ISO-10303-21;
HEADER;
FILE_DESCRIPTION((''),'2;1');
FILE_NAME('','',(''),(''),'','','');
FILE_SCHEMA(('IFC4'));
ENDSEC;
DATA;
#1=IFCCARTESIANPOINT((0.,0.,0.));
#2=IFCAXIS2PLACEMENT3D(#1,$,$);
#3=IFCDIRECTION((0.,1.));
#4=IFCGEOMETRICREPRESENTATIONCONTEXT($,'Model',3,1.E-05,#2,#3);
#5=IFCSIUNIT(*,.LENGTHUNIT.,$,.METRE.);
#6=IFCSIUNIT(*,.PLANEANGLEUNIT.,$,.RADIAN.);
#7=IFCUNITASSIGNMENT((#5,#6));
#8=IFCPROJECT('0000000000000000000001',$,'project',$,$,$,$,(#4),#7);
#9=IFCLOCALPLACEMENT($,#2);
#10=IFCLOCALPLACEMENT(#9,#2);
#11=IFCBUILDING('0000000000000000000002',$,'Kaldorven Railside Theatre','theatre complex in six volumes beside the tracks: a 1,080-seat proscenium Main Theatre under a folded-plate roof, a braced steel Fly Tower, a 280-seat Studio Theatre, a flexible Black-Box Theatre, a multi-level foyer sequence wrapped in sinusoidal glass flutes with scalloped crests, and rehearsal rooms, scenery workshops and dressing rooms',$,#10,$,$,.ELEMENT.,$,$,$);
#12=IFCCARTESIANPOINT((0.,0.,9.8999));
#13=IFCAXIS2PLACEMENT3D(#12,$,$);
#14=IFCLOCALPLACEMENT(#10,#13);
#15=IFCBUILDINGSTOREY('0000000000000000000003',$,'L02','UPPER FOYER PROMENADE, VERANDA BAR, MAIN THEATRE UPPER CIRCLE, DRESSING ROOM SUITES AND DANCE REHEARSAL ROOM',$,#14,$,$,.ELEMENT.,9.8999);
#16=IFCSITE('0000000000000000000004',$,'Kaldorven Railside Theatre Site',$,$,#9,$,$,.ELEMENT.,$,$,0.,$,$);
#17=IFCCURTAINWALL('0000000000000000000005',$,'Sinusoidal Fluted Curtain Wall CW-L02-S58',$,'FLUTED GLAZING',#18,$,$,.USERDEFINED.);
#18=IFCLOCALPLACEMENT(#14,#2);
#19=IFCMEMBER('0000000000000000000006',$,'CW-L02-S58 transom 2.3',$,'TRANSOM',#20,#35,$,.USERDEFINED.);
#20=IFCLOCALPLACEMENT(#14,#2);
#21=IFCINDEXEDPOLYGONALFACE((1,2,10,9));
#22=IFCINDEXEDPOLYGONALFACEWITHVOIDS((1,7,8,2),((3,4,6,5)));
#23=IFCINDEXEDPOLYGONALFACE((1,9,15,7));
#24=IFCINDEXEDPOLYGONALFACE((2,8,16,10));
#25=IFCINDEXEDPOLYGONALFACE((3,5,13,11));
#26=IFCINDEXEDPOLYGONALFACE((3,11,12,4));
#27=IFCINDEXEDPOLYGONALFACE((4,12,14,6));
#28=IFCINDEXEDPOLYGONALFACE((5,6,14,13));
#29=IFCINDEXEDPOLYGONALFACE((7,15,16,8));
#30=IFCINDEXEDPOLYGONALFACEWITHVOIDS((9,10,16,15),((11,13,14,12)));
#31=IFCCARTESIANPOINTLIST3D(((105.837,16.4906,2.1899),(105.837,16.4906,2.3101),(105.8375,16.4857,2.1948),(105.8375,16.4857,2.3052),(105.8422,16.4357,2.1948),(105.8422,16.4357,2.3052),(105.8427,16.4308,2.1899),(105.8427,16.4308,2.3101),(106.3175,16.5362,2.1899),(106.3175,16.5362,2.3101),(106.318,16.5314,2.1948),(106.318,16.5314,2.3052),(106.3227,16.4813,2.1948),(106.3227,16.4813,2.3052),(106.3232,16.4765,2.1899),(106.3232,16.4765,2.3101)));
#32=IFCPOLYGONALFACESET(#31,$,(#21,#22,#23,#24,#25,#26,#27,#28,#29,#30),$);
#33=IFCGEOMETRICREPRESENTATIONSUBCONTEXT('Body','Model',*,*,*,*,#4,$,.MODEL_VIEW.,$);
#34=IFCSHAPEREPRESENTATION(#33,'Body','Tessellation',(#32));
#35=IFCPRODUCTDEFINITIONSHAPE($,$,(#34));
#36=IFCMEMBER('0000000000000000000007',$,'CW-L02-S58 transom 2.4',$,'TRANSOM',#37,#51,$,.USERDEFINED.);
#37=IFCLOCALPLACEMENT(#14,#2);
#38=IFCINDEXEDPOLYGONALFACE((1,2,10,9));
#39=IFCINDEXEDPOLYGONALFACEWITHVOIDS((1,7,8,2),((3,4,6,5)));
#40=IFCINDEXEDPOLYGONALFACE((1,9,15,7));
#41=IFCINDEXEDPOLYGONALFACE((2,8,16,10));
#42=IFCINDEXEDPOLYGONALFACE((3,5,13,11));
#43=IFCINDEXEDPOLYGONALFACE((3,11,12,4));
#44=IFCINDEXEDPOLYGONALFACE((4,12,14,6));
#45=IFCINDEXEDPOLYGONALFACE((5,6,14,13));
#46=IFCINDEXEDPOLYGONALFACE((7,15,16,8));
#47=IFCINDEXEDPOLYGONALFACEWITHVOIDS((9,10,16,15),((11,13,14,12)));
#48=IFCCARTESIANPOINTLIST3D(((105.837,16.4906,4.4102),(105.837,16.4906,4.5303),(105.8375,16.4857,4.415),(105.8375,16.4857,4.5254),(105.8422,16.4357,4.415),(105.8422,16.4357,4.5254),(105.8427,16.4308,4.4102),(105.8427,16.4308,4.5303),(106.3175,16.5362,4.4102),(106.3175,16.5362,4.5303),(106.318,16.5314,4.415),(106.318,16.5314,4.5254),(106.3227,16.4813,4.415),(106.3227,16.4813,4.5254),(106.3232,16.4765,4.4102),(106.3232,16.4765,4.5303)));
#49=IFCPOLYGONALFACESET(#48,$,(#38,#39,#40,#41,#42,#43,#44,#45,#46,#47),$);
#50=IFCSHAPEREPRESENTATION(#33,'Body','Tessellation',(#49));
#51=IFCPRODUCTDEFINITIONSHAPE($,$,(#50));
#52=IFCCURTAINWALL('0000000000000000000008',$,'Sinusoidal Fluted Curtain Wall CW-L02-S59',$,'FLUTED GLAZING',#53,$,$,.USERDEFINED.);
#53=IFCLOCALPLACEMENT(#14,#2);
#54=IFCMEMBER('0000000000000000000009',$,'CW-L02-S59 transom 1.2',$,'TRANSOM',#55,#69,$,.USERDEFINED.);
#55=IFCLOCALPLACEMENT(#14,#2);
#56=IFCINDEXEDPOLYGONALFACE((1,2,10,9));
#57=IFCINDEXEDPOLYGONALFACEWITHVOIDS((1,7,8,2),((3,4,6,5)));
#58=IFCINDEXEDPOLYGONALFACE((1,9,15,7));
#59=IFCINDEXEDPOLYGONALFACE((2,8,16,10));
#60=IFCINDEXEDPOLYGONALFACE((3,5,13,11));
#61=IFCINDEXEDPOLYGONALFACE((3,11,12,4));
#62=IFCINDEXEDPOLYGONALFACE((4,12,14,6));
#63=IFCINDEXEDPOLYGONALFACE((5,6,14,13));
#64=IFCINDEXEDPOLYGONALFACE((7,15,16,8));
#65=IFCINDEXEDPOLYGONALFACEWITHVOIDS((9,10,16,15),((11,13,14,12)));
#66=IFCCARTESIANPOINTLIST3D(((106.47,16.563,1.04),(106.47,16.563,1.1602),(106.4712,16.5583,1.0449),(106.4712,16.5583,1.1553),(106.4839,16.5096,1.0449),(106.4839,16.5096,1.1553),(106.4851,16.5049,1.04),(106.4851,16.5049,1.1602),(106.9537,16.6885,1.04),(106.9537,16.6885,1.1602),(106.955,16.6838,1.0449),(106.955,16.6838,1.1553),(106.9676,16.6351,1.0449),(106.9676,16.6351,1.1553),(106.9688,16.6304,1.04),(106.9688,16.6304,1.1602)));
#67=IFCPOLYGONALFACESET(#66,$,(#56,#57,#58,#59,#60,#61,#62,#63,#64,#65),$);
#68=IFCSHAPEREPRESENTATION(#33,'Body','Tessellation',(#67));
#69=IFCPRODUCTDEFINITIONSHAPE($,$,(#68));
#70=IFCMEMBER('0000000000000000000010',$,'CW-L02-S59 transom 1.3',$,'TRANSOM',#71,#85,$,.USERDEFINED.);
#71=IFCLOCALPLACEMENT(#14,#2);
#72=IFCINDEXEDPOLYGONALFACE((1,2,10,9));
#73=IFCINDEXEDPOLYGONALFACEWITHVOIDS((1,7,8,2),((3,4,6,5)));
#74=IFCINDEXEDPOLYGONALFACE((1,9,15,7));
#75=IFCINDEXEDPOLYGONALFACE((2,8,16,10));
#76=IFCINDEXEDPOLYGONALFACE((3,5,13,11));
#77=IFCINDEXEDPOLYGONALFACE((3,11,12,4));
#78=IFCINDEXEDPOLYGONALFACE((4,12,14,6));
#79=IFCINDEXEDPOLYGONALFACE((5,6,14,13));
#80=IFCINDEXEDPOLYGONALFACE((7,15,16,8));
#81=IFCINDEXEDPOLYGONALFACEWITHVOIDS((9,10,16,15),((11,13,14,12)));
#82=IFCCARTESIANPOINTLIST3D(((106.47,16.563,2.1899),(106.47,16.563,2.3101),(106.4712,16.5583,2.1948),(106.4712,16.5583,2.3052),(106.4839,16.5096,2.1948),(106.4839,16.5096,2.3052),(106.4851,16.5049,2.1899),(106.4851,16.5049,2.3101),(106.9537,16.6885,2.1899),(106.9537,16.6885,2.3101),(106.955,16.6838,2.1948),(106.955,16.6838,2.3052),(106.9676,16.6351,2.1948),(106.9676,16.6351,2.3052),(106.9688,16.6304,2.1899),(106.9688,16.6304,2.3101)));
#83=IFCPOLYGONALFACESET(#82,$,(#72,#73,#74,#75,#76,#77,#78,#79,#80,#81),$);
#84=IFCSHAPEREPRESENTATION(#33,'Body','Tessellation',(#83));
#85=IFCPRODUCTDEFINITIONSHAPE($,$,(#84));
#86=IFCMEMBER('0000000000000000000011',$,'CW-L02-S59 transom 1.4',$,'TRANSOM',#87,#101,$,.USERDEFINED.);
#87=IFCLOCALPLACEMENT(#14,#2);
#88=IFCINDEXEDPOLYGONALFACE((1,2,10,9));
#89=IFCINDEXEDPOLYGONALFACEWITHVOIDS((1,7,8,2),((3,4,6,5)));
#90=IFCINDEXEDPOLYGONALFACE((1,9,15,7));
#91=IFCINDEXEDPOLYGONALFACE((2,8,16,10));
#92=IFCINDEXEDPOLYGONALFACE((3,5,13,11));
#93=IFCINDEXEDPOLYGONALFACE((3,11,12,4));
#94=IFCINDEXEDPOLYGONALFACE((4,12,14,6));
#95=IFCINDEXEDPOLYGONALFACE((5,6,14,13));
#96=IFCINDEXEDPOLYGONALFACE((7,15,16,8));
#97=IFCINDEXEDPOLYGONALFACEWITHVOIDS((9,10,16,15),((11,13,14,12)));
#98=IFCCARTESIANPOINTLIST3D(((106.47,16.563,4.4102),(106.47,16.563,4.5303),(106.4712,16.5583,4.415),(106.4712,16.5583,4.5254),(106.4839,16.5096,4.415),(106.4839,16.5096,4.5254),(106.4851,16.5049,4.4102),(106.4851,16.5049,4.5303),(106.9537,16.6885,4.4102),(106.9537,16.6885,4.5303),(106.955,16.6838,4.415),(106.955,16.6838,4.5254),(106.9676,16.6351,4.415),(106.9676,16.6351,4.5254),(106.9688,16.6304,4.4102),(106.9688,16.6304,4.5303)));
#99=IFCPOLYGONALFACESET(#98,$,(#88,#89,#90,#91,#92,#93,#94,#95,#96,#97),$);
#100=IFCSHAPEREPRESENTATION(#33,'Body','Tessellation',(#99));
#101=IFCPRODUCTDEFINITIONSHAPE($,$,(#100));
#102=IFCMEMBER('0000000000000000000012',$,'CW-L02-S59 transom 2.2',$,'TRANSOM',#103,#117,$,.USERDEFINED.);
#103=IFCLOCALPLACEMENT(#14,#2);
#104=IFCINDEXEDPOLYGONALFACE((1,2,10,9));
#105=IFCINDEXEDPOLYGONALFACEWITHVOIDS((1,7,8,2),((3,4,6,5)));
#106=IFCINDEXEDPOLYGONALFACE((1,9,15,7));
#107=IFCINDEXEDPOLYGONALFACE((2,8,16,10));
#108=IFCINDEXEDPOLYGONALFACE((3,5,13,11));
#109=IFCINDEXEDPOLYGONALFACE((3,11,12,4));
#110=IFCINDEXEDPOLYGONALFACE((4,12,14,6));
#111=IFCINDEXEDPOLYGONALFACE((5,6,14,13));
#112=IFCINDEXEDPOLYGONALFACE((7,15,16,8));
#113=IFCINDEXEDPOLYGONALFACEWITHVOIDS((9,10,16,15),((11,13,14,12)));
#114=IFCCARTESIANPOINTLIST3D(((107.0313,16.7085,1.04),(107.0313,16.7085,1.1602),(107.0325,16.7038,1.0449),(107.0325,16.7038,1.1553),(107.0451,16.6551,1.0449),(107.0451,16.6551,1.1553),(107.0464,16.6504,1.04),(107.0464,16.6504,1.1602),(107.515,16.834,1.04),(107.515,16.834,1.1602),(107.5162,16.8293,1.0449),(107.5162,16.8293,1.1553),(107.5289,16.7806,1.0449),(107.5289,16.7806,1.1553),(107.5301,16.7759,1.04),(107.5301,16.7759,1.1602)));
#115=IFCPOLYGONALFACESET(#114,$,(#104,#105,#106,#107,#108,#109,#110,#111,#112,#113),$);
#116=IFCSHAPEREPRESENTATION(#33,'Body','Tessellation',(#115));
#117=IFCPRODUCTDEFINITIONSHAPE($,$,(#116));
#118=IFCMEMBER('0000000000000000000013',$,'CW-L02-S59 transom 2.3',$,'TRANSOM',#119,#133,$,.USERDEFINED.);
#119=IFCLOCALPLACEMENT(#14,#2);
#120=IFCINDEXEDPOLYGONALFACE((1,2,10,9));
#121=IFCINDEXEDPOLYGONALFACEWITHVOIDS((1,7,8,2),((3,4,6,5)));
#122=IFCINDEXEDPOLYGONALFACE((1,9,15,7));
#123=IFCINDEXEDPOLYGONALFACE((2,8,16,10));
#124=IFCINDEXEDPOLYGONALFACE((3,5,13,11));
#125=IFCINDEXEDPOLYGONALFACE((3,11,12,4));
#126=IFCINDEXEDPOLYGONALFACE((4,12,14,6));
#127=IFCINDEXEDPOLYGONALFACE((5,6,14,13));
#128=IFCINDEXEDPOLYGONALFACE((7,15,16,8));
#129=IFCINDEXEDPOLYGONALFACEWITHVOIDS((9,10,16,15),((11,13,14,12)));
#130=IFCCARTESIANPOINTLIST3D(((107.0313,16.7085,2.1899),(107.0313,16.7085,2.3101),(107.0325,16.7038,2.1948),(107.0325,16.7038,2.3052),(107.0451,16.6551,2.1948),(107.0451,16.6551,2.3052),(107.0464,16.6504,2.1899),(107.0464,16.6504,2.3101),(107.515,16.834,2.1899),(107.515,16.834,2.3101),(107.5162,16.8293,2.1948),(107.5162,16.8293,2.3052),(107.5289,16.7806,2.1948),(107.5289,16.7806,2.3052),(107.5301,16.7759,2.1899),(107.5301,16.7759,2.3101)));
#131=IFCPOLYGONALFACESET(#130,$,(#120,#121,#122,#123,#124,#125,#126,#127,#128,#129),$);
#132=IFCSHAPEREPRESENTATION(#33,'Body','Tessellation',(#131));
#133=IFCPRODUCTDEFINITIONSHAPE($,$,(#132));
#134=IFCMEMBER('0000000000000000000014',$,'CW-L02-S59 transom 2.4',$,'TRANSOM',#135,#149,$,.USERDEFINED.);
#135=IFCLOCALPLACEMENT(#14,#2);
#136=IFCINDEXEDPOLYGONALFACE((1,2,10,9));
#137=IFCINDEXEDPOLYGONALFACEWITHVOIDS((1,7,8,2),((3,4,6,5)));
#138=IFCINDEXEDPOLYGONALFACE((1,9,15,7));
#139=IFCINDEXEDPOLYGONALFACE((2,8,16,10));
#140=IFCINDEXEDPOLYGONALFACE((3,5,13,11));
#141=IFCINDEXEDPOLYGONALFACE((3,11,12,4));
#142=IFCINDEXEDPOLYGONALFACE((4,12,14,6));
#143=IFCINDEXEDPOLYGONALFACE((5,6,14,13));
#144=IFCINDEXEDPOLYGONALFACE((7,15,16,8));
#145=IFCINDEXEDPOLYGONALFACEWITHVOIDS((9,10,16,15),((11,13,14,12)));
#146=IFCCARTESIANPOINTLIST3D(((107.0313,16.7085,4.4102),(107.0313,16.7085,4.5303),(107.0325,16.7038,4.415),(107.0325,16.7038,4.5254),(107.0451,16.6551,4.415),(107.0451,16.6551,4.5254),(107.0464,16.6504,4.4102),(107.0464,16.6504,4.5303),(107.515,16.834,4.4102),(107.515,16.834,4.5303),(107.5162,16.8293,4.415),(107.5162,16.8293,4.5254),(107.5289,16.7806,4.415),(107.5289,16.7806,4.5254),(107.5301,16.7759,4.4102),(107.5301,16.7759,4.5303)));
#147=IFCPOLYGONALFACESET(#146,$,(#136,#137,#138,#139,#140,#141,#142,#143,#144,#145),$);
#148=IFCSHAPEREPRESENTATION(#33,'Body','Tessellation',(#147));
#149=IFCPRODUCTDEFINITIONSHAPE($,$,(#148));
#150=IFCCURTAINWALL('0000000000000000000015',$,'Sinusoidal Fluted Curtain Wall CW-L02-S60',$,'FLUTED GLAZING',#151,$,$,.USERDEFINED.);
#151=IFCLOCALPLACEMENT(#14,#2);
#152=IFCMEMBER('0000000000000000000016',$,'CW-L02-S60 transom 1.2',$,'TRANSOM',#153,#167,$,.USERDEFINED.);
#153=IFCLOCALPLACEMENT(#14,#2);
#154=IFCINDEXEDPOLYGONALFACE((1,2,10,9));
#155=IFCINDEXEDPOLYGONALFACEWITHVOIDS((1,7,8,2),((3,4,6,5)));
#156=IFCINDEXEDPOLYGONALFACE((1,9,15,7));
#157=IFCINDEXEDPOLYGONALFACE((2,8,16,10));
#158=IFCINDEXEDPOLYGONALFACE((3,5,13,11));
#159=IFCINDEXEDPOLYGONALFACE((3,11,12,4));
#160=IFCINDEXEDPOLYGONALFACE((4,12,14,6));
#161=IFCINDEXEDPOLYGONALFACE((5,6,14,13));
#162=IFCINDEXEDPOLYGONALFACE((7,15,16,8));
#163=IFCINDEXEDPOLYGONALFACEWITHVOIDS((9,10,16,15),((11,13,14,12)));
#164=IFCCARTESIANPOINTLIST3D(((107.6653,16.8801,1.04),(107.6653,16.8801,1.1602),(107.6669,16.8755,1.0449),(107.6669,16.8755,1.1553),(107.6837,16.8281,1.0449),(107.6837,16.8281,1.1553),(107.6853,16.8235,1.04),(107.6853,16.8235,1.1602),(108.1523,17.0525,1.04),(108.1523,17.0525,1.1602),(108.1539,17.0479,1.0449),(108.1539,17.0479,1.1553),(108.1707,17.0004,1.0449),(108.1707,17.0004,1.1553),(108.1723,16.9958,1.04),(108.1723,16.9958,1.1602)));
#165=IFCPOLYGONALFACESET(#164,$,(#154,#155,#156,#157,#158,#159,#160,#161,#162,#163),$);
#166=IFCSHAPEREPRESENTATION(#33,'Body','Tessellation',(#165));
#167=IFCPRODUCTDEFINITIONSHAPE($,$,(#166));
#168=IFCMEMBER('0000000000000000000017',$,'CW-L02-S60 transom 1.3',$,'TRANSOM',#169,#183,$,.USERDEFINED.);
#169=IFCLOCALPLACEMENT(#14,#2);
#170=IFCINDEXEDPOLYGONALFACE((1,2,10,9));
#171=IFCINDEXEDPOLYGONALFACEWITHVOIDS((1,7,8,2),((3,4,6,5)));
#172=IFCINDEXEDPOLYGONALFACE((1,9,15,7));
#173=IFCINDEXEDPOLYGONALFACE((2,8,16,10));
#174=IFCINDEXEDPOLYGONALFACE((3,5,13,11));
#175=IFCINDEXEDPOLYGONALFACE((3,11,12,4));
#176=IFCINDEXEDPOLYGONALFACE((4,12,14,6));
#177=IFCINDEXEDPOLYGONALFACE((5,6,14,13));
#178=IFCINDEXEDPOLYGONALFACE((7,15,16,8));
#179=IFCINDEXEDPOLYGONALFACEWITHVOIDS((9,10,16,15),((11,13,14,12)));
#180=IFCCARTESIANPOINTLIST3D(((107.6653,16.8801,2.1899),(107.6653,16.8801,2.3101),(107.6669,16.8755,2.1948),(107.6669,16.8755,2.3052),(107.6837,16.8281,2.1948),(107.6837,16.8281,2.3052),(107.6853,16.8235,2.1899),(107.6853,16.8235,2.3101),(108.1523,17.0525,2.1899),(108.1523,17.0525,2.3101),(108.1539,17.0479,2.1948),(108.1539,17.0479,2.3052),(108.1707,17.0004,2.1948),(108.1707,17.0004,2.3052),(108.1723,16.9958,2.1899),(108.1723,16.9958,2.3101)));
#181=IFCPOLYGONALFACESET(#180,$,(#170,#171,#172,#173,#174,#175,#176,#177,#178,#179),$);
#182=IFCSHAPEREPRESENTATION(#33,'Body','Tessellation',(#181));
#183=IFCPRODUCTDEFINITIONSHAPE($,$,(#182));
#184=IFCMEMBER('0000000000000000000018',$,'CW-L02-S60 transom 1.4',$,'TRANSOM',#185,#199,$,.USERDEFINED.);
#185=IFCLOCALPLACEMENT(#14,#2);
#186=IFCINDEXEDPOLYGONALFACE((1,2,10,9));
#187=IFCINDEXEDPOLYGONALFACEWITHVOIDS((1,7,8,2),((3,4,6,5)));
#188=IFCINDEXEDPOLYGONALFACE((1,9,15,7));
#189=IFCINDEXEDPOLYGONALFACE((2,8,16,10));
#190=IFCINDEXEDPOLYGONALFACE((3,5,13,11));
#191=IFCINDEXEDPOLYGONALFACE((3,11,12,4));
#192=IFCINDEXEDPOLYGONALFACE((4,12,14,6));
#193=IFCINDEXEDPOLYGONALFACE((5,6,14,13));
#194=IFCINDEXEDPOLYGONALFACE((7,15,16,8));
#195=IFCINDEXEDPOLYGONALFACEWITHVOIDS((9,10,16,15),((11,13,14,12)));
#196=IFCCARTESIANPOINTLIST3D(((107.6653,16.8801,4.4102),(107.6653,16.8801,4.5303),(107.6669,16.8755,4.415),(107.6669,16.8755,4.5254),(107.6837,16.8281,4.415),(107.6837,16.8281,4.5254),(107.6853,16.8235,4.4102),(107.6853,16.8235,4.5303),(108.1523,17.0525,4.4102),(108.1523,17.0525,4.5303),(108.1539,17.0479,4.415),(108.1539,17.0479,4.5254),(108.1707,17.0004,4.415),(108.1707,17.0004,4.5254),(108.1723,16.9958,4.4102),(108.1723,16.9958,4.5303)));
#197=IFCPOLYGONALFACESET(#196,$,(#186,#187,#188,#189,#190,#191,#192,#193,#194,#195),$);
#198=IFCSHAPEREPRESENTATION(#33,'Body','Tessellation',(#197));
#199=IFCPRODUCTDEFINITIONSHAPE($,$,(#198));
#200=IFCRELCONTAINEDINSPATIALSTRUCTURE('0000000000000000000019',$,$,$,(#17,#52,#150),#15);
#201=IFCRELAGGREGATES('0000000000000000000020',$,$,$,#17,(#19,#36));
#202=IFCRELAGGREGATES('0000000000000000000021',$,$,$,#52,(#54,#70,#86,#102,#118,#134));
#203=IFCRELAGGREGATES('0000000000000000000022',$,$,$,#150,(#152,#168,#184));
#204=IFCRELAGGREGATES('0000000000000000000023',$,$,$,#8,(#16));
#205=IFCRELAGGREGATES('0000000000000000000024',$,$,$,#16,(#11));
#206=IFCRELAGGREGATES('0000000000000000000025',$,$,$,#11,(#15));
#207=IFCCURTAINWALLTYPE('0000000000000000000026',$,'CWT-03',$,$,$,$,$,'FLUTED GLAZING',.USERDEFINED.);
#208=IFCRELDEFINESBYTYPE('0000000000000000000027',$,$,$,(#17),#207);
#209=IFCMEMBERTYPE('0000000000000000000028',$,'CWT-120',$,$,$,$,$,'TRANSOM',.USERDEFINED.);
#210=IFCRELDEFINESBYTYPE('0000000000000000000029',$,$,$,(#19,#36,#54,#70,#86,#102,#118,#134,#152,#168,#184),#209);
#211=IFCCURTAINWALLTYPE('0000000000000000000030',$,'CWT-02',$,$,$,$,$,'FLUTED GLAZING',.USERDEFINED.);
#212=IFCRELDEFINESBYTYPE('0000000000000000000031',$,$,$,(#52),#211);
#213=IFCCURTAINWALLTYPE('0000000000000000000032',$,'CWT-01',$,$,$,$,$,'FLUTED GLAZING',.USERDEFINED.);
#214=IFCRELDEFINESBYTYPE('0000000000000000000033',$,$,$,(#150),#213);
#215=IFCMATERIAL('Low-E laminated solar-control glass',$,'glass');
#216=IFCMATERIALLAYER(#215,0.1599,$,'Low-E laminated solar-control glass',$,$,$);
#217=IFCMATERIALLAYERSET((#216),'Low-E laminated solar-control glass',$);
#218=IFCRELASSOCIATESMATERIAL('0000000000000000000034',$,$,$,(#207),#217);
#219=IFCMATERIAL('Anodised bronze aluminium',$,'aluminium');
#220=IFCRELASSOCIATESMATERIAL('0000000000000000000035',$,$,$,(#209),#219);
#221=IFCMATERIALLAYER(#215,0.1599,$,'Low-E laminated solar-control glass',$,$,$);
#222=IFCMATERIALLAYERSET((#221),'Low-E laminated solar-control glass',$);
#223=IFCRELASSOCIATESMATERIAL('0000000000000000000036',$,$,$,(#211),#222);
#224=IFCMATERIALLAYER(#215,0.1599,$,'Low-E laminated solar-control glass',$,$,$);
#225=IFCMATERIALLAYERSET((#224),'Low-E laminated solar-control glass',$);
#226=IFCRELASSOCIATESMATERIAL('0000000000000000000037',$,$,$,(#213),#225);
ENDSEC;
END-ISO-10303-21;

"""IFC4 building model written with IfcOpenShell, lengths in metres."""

from ifc_helpers import new_model, si_unit, direction, frame, origin, origin_2d, place, context, subcontext, project, spatial, hollow_rectangle, extrude, material, layer, layer_set, material_profile, profile_set, type_object, element, aggregate, save


model = new_model("IFC4")

# Units and contexts
model_context = context("Model", 3, precision=1e-05, world=origin(), true_north=direction((0.0, 1.0)))
body_context = subcontext(model_context, "Body", "Model", "MODEL_VIEW")
ifc_project = project(units=[si_unit("LENGTHUNIT", "METRE"), si_unit("PLANEANGLEUNIT", "RADIAN")], contexts=[model_context])

# Site, building, storey
site_placement = place(None, origin())
site = spatial("IfcSite", under=ifc_project, at=site_placement, Name="Kaldorven Railside Theatre Site", CompositionType="ELEMENT", RefElevation=0.0)
building_placement = place(site_placement, origin())
building = spatial("IfcBuilding", under=site, at=building_placement, Name="Kaldorven Railside Theatre", Description="theatre complex in six volumes beside the tracks: a 1,080-seat proscenium Main Theatre under a folded-plate roof, a braced steel Fly Tower, a 280-seat Studio Theatre, a flexible Black-Box Theatre, a multi-level foyer sequence wrapped in sinusoidal glass flutes with scalloped crests, and rehearsal rooms, scenery workshops and dressing rooms", CompositionType="ELEMENT")
storey_placement = place(building_placement, frame((0.0, 0.0, 9.8999)))
storey = spatial("IfcBuildingStorey", under=building, at=storey_placement, Name="L02", Description="UPPER FOYER PROMENADE, VERANDA BAR, MAIN THEATRE UPPER CIRCLE, DRESSING ROOM SUITES AND DANCE REHEARSAL ROOM", CompositionType="ELEMENT", Elevation=9.8999)

# Curtain walls, members
ifc_material_1 = material(Name="Low-E laminated solar-control glass", Category="glass")
ifc_layer_1 = layer(ifc_material_1, 0.1599, Name="Low-E laminated solar-control glass")
ifc_layer_set_1 = layer_set([ifc_layer_1], Name="Low-E laminated solar-control glass")
curtain_wall_type_1 = type_object("IfcCurtainWallType", Name="CWT-03", ElementType="FLUTED GLAZING", PredefinedType="USERDEFINED", material=ifc_layer_set_1)
curtain_wall_1_placement = place(storey_placement, origin())
curtain_wall_1 = element("IfcCurtainWall", 1, at=curtain_wall_1_placement, inside=storey, type_object=curtain_wall_type_1, Name="Sinusoidal Fluted Curtain Wall CW-L02-S58", ObjectType="FLUTED GLAZING", PredefinedType="USERDEFINED")
ifc_material_2 = material(Name="Anodised bronze aluminium", Category="aluminium")
ifc_material_profile = material_profile(ifc_material_2, hollow_rectangle(XDim=0.0601, YDim=0.1201, WallThickness=0.0049, at=origin_2d()), Name="RHS 120x60x5")
ifc_profile_set = profile_set([ifc_material_profile], Name="Anodised bronze aluminium")
member_type = type_object("IfcMemberType", Name="CWT-120", ElementType="TRANSOM", PredefinedType="USERDEFINED", material=ifc_profile_set)
member_1_placement = place(storey_placement, frame((105.8398, 16.4607, 2.25), z_axis=(0.995516, 0.094594, 0.0), x_axis=(-0.094594, 0.995516, 0.0)))
member_1 = element("IfcMember", 2, at=member_1_placement, type_object=member_type, Name="CW-L02-S58 transom 2.3", ObjectType="TRANSOM", PredefinedType="USERDEFINED", context=body_context, shape_type="SweptSolid", body=[
    extrude(hollow_rectangle(XDim=0.0601, YDim=0.1201, WallThickness=0.0049, at=origin_2d()), origin(), (0.0, 0.0, 1.0), 0.4827),
])
member_2_placement = place(storey_placement, frame((105.8398, 16.4607, 4.4702), z_axis=(0.995516, 0.094594, 0.0), x_axis=(-0.094594, 0.995516, 0.0)))
member_2 = element("IfcMember", 3, at=member_2_placement, type_object=member_type, Name="CW-L02-S58 transom 2.4", ObjectType="TRANSOM", PredefinedType="USERDEFINED", context=body_context, shape_type="SweptSolid", body=[
    extrude(hollow_rectangle(XDim=0.0601, YDim=0.1201, WallThickness=0.0049, at=origin_2d()), origin(), (0.0, 0.0, 1.0), 0.4827),
])
ifc_layer_2 = layer(ifc_material_1, 0.1599, Name="Low-E laminated solar-control glass")
ifc_layer_set_2 = layer_set([ifc_layer_2], Name="Low-E laminated solar-control glass")
curtain_wall_type_2 = type_object("IfcCurtainWallType", Name="CWT-02", ElementType="FLUTED GLAZING", PredefinedType="USERDEFINED", material=ifc_layer_set_2)
curtain_wall_2_placement = place(storey_placement, origin())
curtain_wall_2 = element("IfcCurtainWall", 4, at=curtain_wall_2_placement, inside=storey, type_object=curtain_wall_type_2, Name="Sinusoidal Fluted Curtain Wall CW-L02-S59", ObjectType="FLUTED GLAZING", PredefinedType="USERDEFINED")
member_3_placement = place(storey_placement, frame((106.4775, 16.5339, 1.1001), z_axis=(0.967949, 0.251149, 0.0), x_axis=(-0.251149, 0.967949, 0.0)))
member_3 = element("IfcMember", 5, at=member_3_placement, type_object=member_type, Name="CW-L02-S59 transom 1.2", ObjectType="TRANSOM", PredefinedType="USERDEFINED", context=body_context, shape_type="SweptSolid", body=[
    extrude(hollow_rectangle(XDim=0.0601, YDim=0.1201, WallThickness=0.0049, at=origin_2d()), origin(), (0.0, 0.0, 1.0), 0.4998),
])
member_4_placement = place(storey_placement, frame((106.4775, 16.5339, 2.25), z_axis=(0.967949, 0.251149, 0.0), x_axis=(-0.251149, 0.967949, 0.0)))
member_4 = element("IfcMember", 6, at=member_4_placement, type_object=member_type, Name="CW-L02-S59 transom 1.3", ObjectType="TRANSOM", PredefinedType="USERDEFINED", context=body_context, shape_type="SweptSolid", body=[
    extrude(hollow_rectangle(XDim=0.0601, YDim=0.1201, WallThickness=0.0049, at=origin_2d()), origin(), (0.0, 0.0, 1.0), 0.4998),
])
member_5_placement = place(storey_placement, frame((106.4775, 16.5339, 4.4702), z_axis=(0.967949, 0.251149, 0.0), x_axis=(-0.251149, 0.967949, 0.0)))
member_5 = element("IfcMember", 7, at=member_5_placement, type_object=member_type, Name="CW-L02-S59 transom 1.4", ObjectType="TRANSOM", PredefinedType="USERDEFINED", context=body_context, shape_type="SweptSolid", body=[
    extrude(hollow_rectangle(XDim=0.0601, YDim=0.1201, WallThickness=0.0049, at=origin_2d()), origin(), (0.0, 0.0, 1.0), 0.4998),
])
member_6_placement = place(storey_placement, frame((107.0388, 16.6794, 1.1001), z_axis=(0.967949, 0.251149, 0.0), x_axis=(-0.251149, 0.967949, 0.0)))
member_6 = element("IfcMember", 8, at=member_6_placement, type_object=member_type, Name="CW-L02-S59 transom 2.2", ObjectType="TRANSOM", PredefinedType="USERDEFINED", context=body_context, shape_type="SweptSolid", body=[
    extrude(hollow_rectangle(XDim=0.0601, YDim=0.1201, WallThickness=0.0049, at=origin_2d()), origin(), (0.0, 0.0, 1.0), 0.4998),
])
member_7_placement = place(storey_placement, frame((107.0388, 16.6794, 2.25), z_axis=(0.967949, 0.251149, 0.0), x_axis=(-0.251149, 0.967949, 0.0)))
member_7 = element("IfcMember", 9, at=member_7_placement, type_object=member_type, Name="CW-L02-S59 transom 2.3", ObjectType="TRANSOM", PredefinedType="USERDEFINED", context=body_context, shape_type="SweptSolid", body=[
    extrude(hollow_rectangle(XDim=0.0601, YDim=0.1201, WallThickness=0.0049, at=origin_2d()), origin(), (0.0, 0.0, 1.0), 0.4998),
])
member_8_placement = place(storey_placement, frame((107.0388, 16.6794, 4.4702), z_axis=(0.967949, 0.251149, 0.0), x_axis=(-0.251149, 0.967949, 0.0)))
member_8 = element("IfcMember", 10, at=member_8_placement, type_object=member_type, Name="CW-L02-S59 transom 2.4", ObjectType="TRANSOM", PredefinedType="USERDEFINED", context=body_context, shape_type="SweptSolid", body=[
    extrude(hollow_rectangle(XDim=0.0601, YDim=0.1201, WallThickness=0.0049, at=origin_2d()), origin(), (0.0, 0.0, 1.0), 0.4998),
])
ifc_layer_3 = layer(ifc_material_1, 0.1599, Name="Low-E laminated solar-control glass")
ifc_layer_set_3 = layer_set([ifc_layer_3], Name="Low-E laminated solar-control glass")
curtain_wall_type_3 = type_object("IfcCurtainWallType", Name="CWT-01", ElementType="FLUTED GLAZING", PredefinedType="USERDEFINED", material=ifc_layer_set_3)
curtain_wall_3_placement = place(storey_placement, origin())
curtain_wall_3 = element("IfcCurtainWall", 11, at=curtain_wall_3_placement, inside=storey, type_object=curtain_wall_type_3, Name="Sinusoidal Fluted Curtain Wall CW-L02-S60", ObjectType="FLUTED GLAZING", PredefinedType="USERDEFINED")
member_9_placement = place(storey_placement, frame((107.6753, 16.8518, 1.1001), z_axis=(0.942711, 0.333611, 0.0), x_axis=(-0.333611, 0.942711, 0.0)))
member_9 = element("IfcMember", 12, at=member_9_placement, type_object=member_type, Name="CW-L02-S60 transom 1.2", ObjectType="TRANSOM", PredefinedType="USERDEFINED", context=body_context, shape_type="SweptSolid", body=[
    extrude(hollow_rectangle(XDim=0.0601, YDim=0.1201, WallThickness=0.0049, at=origin_2d()), origin(), (0.0, 0.0, 1.0), 0.5166),
])
member_10_placement = place(storey_placement, frame((107.6753, 16.8518, 2.25), z_axis=(0.942711, 0.333611, 0.0), x_axis=(-0.333611, 0.942711, 0.0)))
member_10 = element("IfcMember", 13, at=member_10_placement, type_object=member_type, Name="CW-L02-S60 transom 1.3", ObjectType="TRANSOM", PredefinedType="USERDEFINED", context=body_context, shape_type="SweptSolid", body=[
    extrude(hollow_rectangle(XDim=0.0601, YDim=0.1201, WallThickness=0.0049, at=origin_2d()), origin(), (0.0, 0.0, 1.0), 0.5166),
])
member_11_placement = place(storey_placement, frame((107.6753, 16.8518, 4.4702), z_axis=(0.942711, 0.333611, 0.0), x_axis=(-0.333611, 0.942711, 0.0)))
member_11 = element("IfcMember", 14, at=member_11_placement, type_object=member_type, Name="CW-L02-S60 transom 1.4", ObjectType="TRANSOM", PredefinedType="USERDEFINED", context=body_context, shape_type="SweptSolid", body=[
    extrude(hollow_rectangle(XDim=0.0601, YDim=0.1201, WallThickness=0.0049, at=origin_2d()), origin(), (0.0, 0.0, 1.0), 0.5166),
])

aggregate(curtain_wall_1, [member_1, member_2])
aggregate(curtain_wall_2, [member_3, member_4, member_5, member_6, member_7, member_8])
aggregate(curtain_wall_3, [member_9, member_10, member_11])

save(model, "model.ifc")
